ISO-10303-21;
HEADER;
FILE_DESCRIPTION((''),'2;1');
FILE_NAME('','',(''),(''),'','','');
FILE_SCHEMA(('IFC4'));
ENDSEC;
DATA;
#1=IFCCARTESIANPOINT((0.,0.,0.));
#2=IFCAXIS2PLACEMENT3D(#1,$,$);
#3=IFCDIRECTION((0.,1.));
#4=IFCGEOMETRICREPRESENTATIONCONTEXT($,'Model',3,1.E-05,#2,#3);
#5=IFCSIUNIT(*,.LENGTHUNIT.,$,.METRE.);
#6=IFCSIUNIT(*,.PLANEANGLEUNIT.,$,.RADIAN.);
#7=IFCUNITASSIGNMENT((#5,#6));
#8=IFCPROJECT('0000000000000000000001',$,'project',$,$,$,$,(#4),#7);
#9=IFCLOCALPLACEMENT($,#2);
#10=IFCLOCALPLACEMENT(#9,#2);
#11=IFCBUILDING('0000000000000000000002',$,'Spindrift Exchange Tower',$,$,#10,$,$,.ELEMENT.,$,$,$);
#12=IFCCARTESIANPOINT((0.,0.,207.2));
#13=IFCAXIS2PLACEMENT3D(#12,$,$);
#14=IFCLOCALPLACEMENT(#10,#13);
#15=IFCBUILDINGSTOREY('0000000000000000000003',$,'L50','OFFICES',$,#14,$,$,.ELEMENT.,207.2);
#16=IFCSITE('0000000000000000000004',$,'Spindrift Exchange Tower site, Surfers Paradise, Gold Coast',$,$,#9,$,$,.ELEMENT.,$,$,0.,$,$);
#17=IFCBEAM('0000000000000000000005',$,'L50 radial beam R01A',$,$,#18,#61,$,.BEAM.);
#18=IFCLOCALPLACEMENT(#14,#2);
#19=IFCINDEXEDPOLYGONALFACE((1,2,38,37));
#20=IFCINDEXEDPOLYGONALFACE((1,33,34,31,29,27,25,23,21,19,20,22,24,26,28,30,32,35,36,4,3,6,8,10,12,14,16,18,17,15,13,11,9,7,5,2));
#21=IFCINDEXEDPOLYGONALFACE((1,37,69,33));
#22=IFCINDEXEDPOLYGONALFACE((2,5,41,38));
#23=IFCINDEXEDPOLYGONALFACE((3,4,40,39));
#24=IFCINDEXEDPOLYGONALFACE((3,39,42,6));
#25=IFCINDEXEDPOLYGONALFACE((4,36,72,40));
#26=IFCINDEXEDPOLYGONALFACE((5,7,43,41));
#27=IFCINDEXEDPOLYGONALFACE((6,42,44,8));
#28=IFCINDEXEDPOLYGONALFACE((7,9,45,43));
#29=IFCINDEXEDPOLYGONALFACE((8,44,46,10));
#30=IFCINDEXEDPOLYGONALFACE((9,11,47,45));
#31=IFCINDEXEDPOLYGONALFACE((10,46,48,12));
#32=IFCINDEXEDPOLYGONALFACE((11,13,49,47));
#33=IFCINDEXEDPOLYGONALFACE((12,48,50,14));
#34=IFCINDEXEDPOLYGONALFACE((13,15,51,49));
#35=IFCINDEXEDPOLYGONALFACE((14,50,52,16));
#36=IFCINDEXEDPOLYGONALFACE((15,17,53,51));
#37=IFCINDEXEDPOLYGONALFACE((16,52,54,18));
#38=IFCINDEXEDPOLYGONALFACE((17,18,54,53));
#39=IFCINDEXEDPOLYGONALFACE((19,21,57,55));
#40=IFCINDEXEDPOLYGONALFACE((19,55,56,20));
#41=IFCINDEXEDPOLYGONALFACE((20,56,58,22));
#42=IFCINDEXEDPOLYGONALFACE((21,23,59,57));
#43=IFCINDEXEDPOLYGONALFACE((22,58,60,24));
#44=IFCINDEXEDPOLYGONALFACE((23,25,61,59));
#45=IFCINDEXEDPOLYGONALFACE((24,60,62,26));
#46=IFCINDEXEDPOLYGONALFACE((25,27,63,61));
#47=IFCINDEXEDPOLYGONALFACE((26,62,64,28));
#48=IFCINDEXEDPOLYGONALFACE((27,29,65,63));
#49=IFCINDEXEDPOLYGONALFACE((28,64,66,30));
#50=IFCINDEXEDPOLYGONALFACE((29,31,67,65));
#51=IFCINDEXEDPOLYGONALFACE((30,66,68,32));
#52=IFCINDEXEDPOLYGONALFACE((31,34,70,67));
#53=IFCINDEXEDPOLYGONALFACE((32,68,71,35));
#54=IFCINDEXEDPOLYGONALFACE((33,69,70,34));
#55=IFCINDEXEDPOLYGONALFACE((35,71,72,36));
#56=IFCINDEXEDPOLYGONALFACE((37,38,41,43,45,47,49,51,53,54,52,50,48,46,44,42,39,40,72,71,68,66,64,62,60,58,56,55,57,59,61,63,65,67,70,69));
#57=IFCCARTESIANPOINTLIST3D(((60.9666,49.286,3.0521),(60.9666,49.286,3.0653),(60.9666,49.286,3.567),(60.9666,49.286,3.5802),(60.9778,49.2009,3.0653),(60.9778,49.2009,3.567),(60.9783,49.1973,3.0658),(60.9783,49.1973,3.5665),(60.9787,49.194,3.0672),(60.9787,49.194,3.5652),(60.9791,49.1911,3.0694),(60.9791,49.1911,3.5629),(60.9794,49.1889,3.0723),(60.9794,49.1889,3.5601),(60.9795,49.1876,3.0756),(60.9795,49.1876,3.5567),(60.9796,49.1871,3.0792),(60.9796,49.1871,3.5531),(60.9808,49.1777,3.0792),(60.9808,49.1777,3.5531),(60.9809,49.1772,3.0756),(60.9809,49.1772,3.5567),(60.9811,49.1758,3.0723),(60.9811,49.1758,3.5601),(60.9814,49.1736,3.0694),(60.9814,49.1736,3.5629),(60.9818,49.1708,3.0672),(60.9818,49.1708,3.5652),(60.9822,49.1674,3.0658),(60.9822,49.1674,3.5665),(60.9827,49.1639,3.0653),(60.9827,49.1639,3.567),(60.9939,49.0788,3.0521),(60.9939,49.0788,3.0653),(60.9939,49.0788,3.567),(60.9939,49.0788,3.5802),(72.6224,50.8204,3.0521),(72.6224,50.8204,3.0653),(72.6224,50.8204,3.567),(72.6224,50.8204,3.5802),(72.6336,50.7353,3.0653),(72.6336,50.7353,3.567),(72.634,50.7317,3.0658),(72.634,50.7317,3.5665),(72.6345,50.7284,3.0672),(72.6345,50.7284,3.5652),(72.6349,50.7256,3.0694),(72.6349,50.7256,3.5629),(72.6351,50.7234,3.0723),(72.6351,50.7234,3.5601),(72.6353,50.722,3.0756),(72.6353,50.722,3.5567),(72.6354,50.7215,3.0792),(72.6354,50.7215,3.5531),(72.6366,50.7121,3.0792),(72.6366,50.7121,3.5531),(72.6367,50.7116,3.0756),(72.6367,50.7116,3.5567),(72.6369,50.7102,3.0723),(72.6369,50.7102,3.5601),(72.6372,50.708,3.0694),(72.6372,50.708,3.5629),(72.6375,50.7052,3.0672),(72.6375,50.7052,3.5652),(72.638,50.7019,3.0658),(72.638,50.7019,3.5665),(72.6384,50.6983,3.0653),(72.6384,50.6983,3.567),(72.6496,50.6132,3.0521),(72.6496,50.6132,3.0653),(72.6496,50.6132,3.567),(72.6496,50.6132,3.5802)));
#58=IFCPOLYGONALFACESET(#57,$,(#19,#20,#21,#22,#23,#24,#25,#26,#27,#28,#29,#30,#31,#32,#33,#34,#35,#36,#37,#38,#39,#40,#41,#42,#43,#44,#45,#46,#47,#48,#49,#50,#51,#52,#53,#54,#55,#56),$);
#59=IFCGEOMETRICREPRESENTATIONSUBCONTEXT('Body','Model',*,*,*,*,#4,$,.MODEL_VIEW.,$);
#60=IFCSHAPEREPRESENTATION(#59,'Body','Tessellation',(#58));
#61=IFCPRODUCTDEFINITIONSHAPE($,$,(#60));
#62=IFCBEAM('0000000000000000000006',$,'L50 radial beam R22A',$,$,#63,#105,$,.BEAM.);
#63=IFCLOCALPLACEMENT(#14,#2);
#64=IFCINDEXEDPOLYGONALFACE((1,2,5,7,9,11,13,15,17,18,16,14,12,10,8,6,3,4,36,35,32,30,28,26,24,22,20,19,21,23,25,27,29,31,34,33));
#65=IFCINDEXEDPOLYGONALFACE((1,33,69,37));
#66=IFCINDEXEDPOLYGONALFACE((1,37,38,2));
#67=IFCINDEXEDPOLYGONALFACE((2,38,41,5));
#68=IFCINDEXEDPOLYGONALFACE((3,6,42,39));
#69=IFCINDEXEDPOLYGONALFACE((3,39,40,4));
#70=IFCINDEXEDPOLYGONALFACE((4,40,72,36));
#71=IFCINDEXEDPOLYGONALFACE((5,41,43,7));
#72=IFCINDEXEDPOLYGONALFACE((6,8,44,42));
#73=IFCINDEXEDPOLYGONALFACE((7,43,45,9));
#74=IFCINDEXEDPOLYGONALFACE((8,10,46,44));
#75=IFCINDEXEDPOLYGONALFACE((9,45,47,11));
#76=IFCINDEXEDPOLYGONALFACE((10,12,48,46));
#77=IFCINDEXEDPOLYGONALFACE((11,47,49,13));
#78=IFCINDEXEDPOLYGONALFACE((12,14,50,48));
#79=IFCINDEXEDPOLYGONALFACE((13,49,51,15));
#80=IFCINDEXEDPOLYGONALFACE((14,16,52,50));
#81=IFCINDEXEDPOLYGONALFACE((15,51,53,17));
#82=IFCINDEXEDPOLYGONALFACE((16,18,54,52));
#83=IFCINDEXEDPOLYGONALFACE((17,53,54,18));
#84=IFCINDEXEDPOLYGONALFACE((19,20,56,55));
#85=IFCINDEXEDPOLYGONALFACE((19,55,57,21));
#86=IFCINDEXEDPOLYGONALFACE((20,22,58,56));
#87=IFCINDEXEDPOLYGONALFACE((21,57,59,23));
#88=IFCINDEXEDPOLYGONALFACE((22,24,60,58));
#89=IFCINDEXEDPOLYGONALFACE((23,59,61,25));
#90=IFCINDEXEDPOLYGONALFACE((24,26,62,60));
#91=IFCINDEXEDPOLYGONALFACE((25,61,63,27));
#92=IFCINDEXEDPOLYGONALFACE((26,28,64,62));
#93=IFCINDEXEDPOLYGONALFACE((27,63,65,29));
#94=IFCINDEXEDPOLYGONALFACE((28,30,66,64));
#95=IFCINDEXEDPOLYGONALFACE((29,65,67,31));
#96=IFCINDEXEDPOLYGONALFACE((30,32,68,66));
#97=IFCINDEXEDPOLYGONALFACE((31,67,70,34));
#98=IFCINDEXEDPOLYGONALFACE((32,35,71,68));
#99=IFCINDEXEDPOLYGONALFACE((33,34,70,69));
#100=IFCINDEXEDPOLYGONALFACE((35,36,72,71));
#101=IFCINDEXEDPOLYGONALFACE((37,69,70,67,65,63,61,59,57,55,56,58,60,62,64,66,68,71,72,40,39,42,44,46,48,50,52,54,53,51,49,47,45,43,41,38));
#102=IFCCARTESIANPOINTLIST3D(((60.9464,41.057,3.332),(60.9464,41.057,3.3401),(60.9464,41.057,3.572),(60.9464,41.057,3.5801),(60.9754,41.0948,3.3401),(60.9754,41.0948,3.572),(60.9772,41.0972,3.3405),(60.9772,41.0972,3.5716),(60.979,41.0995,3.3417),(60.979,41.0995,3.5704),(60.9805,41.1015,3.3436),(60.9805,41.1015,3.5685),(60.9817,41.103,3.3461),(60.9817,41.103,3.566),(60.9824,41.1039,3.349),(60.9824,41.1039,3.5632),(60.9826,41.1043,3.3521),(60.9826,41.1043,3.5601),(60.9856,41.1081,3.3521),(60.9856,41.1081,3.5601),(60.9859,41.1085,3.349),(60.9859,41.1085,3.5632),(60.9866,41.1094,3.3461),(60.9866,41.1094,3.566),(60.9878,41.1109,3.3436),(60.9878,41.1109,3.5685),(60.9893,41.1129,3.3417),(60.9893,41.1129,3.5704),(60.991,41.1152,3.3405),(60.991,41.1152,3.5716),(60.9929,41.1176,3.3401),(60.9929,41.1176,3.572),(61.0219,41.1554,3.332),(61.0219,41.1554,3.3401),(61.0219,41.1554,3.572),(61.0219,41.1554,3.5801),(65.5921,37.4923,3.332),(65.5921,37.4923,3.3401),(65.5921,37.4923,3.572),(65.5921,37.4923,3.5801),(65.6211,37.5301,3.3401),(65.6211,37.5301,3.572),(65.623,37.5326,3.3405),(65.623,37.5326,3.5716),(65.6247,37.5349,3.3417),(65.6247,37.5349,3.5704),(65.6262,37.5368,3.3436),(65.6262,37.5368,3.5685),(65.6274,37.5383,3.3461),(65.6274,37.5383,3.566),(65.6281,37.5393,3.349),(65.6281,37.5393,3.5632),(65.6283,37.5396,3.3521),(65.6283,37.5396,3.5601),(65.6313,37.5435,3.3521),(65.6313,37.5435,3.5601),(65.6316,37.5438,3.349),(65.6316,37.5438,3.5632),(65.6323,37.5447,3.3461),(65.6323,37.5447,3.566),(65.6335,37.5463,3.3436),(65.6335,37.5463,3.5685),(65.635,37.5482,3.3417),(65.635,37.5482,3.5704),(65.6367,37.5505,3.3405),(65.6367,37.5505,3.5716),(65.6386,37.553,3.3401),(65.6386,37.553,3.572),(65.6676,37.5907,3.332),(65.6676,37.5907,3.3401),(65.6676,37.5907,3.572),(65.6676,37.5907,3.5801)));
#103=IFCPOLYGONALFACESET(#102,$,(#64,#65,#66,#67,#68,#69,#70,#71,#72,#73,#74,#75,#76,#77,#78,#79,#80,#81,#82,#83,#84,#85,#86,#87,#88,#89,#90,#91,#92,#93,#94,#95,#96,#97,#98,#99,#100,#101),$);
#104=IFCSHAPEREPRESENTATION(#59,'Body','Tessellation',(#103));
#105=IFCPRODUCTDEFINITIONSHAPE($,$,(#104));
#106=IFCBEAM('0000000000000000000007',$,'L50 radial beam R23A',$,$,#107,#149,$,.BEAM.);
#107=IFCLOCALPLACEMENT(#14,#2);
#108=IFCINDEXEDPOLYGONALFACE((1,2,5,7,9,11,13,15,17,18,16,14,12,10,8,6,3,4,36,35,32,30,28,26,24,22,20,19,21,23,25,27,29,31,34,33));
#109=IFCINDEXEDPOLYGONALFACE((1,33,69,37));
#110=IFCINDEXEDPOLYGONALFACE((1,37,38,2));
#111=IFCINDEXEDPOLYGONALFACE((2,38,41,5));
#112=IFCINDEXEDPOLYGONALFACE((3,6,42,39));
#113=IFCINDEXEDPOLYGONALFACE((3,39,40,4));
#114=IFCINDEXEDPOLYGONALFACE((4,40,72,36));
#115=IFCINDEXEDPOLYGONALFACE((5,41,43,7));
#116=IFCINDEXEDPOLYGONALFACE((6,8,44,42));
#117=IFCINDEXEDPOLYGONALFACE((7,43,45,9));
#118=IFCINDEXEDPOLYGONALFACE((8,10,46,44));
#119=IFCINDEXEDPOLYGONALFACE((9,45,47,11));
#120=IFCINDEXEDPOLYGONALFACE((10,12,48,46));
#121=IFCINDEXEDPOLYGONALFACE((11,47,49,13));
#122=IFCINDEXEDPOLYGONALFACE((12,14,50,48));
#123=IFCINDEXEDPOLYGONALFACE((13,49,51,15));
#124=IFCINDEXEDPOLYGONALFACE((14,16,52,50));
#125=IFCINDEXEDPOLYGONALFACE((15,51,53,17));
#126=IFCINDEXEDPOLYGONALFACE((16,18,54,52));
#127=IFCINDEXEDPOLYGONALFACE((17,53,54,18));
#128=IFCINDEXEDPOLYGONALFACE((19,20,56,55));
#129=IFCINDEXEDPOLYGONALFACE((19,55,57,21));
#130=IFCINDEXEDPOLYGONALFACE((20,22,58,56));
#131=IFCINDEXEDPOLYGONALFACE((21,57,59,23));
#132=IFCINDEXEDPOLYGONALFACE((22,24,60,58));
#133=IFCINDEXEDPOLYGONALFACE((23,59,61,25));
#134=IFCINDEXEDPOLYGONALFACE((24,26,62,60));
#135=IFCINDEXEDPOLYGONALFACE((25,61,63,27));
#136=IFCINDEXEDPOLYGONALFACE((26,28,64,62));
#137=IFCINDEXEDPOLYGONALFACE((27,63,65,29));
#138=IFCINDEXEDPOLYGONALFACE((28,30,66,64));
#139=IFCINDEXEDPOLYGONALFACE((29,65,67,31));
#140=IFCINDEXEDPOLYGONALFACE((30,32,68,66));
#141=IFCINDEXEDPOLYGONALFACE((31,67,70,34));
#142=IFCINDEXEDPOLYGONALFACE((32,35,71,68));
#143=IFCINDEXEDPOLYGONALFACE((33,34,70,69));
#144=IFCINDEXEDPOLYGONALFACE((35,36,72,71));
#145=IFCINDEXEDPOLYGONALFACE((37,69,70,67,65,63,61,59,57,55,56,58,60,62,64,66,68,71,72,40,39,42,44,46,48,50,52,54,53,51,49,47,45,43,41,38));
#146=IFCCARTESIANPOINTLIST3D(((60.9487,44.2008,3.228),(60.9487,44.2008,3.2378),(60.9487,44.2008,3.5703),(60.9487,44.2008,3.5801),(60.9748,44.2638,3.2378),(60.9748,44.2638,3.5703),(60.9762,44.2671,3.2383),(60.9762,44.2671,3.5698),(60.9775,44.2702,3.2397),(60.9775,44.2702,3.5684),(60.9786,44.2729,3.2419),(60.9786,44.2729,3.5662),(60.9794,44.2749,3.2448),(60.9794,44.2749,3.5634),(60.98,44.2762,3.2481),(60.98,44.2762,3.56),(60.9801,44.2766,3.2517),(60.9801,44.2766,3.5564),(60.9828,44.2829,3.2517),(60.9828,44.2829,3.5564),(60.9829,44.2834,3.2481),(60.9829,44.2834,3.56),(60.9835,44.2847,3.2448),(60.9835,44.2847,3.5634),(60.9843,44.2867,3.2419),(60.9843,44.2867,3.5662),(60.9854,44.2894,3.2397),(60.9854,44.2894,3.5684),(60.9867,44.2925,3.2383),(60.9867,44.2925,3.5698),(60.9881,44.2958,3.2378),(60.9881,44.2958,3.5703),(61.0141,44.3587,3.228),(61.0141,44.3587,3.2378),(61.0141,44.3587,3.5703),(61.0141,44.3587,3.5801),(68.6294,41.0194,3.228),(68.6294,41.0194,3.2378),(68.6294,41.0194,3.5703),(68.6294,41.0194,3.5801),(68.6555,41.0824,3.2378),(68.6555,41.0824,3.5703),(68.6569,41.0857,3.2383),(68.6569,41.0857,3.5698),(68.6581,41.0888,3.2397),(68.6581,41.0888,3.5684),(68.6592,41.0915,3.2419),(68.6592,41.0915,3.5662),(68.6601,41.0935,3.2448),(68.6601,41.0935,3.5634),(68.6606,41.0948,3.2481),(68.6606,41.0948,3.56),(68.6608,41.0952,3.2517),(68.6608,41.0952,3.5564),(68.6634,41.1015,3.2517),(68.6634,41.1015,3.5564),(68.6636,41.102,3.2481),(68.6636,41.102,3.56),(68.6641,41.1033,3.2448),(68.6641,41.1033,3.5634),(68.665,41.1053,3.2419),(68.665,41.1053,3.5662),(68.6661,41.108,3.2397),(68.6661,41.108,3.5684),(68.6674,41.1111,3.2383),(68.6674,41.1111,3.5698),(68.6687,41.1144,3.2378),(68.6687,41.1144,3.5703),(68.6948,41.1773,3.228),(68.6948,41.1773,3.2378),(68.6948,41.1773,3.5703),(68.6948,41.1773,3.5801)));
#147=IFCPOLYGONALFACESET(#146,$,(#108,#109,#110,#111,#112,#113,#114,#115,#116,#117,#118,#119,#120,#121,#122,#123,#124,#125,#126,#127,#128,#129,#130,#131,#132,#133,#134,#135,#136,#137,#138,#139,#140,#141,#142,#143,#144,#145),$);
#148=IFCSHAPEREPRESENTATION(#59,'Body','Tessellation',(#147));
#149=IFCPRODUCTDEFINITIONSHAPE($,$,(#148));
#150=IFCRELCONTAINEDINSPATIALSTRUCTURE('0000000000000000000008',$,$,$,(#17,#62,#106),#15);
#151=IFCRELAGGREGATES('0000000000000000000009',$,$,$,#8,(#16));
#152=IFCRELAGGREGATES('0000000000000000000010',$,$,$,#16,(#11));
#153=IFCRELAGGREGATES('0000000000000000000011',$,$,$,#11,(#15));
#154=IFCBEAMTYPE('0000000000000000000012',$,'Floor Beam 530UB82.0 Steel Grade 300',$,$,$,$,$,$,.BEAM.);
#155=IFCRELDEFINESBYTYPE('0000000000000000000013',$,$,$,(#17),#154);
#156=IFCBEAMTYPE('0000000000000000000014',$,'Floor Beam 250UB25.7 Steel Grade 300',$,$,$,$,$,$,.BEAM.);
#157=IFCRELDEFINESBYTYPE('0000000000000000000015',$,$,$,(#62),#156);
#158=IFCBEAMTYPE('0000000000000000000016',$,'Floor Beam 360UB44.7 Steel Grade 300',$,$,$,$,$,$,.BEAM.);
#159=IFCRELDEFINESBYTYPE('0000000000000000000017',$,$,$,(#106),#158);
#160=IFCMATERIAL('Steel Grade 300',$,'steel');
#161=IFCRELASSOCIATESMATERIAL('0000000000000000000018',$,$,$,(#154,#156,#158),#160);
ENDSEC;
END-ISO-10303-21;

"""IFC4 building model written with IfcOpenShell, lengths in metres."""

from ifc_helpers import new_model, si_unit, direction, frame, origin, origin_2d, place, context, subcontext, project, spatial, i_section, extrude, source, transform, mapped, material, material_profile, profile_set, type_object, element, save


model = new_model("IFC4")

# Units and contexts
model_context = context("Model", 3, precision=1e-05, world=origin(), true_north=direction((0.0, 1.0)))
body_context = subcontext(model_context, "Body", "Model", "MODEL_VIEW")
ifc_project = project(units=[si_unit("LENGTHUNIT", "METRE"), si_unit("PLANEANGLEUNIT", "RADIAN")], contexts=[model_context])

# Site, building, storey
site_placement = place(None, origin())
site = spatial("IfcSite", under=ifc_project, at=site_placement, Name="Spindrift Exchange Tower site, Surfers Paradise, Gold Coast", CompositionType="ELEMENT", RefElevation=0.0)
building_placement = place(site_placement, origin())
building = spatial("IfcBuilding", under=site, at=building_placement, Name="Spindrift Exchange Tower", CompositionType="ELEMENT")
storey_placement = place(building_placement, frame((0.0, 0.0, 207.2)))
storey = spatial("IfcBuildingStorey", under=building, at=storey_placement, Name="L50", Description="OFFICES", CompositionType="ELEMENT", Elevation=207.2)

# Beams
ifc_material_1 = material(Name="Steel Grade 300", Category="steel")
ifc_material_profile_1 = material_profile(ifc_material_1, i_section(OverallWidth=0.209, OverallDepth=0.5281, WebThickness=0.0095, FlangeThickness=0.0132, FilletRadius=0.0139, at=origin_2d()), Name="530UB82.0")
ifc_profile_set_1 = profile_set([ifc_material_profile_1], Name="Steel Grade 300")
beam_type_1 = type_object("IfcBeamType", Name="Floor Beam 530UB82.0 Steel Grade 300", PredefinedType="BEAM", material=ifc_profile_set_1)
shared_shape_1 = source(origin(), body_context, "Body", "SweptSolid", [
    extrude(i_section(OverallWidth=0.209, OverallDepth=0.5281, WebThickness=0.0095, FlangeThickness=0.0132, FilletRadius=0.0139, at=origin_2d()), origin(), (0.0, 0.0, 1.0), 11.7563),
])
beam_1_placement = place(storey_placement, frame((60.9802, 49.1824, 3.3162), z_axis=(0.991446, 0.130519, 0.0), x_axis=(-0.130519, 0.991446, 0.0)))
element("IfcBeam", 1, at=beam_1_placement, inside=storey, type_object=beam_type_1, Name="L50 radial beam R01A", PredefinedType="BEAM", context=body_context, shape_type="MappedRepresentation", body=[
    mapped(shared_shape_1, transform((0.0, 0.0, 0.0), scale=1.0)),
])
ifc_material_profile_2 = material_profile(ifc_material_1, i_section(OverallWidth=0.124, OverallDepth=0.248, WebThickness=0.0049, FlangeThickness=0.0081, FilletRadius=0.012, at=origin_2d()), Name="250UB25.7")
ifc_profile_set_2 = profile_set([ifc_material_profile_2], Name="Steel Grade 300")
beam_type_2 = type_object("IfcBeamType", Name="Floor Beam 250UB25.7 Steel Grade 300", PredefinedType="BEAM", material=ifc_profile_set_2)
shared_shape_2 = source(origin(), body_context, "Body", "SweptSolid", [
    extrude(i_section(OverallWidth=0.124, OverallDepth=0.248, WebThickness=0.0049, FlangeThickness=0.0081, FilletRadius=0.012, at=origin_2d()), origin(), (0.0, 0.0, 1.0), 5.8557),
])
beam_2_placement = place(storey_placement, frame((60.9841, 41.1062, 3.4561), z_axis=(0.793363, -0.608749, 0.0), x_axis=(0.608749, 0.793363, 0.0)))
element("IfcBeam", 2, at=beam_2_placement, inside=storey, type_object=beam_type_2, Name="L50 radial beam R22A", PredefinedType="BEAM", context=body_context, shape_type="MappedRepresentation", body=[
    mapped(shared_shape_2, transform((0.0, 0.0, 0.0), scale=1.0)),
])
ifc_material_profile_3 = material_profile(ifc_material_1, i_section(OverallWidth=0.1709, OverallDepth=0.3521, WebThickness=0.0068, FlangeThickness=0.0098, FilletRadius=0.0139, at=origin_2d()), Name="360UB44.7")
ifc_profile_set_3 = profile_set([ifc_material_profile_3], Name="Steel Grade 300")
beam_type_3 = type_object("IfcBeamType", Name="Floor Beam 360UB44.7 Steel Grade 300", PredefinedType="BEAM", material=ifc_profile_set_3)
shared_shape_3 = source(origin(), body_context, "Body", "SweptSolid", [
    extrude(i_section(OverallWidth=0.1709, OverallDepth=0.3521, WebThickness=0.0068, FlangeThickness=0.0098, FilletRadius=0.0139, at=origin_2d()), origin(), (0.0, 0.0, 1.0), 8.3135),
])
beam_3_placement = place(storey_placement, frame((60.9814, 44.2798, 3.4041), z_axis=(0.923881, -0.382679, 0.0), x_axis=(0.382679, 0.923881, 0.0)))
element("IfcBeam", 3, at=beam_3_placement, inside=storey, type_object=beam_type_3, Name="L50 radial beam R23A", PredefinedType="BEAM", context=body_context, shape_type="MappedRepresentation", body=[
    mapped(shared_shape_3, transform((0.0, 0.0, 0.0), scale=1.0)),
])

save(model, "model.ifc")
